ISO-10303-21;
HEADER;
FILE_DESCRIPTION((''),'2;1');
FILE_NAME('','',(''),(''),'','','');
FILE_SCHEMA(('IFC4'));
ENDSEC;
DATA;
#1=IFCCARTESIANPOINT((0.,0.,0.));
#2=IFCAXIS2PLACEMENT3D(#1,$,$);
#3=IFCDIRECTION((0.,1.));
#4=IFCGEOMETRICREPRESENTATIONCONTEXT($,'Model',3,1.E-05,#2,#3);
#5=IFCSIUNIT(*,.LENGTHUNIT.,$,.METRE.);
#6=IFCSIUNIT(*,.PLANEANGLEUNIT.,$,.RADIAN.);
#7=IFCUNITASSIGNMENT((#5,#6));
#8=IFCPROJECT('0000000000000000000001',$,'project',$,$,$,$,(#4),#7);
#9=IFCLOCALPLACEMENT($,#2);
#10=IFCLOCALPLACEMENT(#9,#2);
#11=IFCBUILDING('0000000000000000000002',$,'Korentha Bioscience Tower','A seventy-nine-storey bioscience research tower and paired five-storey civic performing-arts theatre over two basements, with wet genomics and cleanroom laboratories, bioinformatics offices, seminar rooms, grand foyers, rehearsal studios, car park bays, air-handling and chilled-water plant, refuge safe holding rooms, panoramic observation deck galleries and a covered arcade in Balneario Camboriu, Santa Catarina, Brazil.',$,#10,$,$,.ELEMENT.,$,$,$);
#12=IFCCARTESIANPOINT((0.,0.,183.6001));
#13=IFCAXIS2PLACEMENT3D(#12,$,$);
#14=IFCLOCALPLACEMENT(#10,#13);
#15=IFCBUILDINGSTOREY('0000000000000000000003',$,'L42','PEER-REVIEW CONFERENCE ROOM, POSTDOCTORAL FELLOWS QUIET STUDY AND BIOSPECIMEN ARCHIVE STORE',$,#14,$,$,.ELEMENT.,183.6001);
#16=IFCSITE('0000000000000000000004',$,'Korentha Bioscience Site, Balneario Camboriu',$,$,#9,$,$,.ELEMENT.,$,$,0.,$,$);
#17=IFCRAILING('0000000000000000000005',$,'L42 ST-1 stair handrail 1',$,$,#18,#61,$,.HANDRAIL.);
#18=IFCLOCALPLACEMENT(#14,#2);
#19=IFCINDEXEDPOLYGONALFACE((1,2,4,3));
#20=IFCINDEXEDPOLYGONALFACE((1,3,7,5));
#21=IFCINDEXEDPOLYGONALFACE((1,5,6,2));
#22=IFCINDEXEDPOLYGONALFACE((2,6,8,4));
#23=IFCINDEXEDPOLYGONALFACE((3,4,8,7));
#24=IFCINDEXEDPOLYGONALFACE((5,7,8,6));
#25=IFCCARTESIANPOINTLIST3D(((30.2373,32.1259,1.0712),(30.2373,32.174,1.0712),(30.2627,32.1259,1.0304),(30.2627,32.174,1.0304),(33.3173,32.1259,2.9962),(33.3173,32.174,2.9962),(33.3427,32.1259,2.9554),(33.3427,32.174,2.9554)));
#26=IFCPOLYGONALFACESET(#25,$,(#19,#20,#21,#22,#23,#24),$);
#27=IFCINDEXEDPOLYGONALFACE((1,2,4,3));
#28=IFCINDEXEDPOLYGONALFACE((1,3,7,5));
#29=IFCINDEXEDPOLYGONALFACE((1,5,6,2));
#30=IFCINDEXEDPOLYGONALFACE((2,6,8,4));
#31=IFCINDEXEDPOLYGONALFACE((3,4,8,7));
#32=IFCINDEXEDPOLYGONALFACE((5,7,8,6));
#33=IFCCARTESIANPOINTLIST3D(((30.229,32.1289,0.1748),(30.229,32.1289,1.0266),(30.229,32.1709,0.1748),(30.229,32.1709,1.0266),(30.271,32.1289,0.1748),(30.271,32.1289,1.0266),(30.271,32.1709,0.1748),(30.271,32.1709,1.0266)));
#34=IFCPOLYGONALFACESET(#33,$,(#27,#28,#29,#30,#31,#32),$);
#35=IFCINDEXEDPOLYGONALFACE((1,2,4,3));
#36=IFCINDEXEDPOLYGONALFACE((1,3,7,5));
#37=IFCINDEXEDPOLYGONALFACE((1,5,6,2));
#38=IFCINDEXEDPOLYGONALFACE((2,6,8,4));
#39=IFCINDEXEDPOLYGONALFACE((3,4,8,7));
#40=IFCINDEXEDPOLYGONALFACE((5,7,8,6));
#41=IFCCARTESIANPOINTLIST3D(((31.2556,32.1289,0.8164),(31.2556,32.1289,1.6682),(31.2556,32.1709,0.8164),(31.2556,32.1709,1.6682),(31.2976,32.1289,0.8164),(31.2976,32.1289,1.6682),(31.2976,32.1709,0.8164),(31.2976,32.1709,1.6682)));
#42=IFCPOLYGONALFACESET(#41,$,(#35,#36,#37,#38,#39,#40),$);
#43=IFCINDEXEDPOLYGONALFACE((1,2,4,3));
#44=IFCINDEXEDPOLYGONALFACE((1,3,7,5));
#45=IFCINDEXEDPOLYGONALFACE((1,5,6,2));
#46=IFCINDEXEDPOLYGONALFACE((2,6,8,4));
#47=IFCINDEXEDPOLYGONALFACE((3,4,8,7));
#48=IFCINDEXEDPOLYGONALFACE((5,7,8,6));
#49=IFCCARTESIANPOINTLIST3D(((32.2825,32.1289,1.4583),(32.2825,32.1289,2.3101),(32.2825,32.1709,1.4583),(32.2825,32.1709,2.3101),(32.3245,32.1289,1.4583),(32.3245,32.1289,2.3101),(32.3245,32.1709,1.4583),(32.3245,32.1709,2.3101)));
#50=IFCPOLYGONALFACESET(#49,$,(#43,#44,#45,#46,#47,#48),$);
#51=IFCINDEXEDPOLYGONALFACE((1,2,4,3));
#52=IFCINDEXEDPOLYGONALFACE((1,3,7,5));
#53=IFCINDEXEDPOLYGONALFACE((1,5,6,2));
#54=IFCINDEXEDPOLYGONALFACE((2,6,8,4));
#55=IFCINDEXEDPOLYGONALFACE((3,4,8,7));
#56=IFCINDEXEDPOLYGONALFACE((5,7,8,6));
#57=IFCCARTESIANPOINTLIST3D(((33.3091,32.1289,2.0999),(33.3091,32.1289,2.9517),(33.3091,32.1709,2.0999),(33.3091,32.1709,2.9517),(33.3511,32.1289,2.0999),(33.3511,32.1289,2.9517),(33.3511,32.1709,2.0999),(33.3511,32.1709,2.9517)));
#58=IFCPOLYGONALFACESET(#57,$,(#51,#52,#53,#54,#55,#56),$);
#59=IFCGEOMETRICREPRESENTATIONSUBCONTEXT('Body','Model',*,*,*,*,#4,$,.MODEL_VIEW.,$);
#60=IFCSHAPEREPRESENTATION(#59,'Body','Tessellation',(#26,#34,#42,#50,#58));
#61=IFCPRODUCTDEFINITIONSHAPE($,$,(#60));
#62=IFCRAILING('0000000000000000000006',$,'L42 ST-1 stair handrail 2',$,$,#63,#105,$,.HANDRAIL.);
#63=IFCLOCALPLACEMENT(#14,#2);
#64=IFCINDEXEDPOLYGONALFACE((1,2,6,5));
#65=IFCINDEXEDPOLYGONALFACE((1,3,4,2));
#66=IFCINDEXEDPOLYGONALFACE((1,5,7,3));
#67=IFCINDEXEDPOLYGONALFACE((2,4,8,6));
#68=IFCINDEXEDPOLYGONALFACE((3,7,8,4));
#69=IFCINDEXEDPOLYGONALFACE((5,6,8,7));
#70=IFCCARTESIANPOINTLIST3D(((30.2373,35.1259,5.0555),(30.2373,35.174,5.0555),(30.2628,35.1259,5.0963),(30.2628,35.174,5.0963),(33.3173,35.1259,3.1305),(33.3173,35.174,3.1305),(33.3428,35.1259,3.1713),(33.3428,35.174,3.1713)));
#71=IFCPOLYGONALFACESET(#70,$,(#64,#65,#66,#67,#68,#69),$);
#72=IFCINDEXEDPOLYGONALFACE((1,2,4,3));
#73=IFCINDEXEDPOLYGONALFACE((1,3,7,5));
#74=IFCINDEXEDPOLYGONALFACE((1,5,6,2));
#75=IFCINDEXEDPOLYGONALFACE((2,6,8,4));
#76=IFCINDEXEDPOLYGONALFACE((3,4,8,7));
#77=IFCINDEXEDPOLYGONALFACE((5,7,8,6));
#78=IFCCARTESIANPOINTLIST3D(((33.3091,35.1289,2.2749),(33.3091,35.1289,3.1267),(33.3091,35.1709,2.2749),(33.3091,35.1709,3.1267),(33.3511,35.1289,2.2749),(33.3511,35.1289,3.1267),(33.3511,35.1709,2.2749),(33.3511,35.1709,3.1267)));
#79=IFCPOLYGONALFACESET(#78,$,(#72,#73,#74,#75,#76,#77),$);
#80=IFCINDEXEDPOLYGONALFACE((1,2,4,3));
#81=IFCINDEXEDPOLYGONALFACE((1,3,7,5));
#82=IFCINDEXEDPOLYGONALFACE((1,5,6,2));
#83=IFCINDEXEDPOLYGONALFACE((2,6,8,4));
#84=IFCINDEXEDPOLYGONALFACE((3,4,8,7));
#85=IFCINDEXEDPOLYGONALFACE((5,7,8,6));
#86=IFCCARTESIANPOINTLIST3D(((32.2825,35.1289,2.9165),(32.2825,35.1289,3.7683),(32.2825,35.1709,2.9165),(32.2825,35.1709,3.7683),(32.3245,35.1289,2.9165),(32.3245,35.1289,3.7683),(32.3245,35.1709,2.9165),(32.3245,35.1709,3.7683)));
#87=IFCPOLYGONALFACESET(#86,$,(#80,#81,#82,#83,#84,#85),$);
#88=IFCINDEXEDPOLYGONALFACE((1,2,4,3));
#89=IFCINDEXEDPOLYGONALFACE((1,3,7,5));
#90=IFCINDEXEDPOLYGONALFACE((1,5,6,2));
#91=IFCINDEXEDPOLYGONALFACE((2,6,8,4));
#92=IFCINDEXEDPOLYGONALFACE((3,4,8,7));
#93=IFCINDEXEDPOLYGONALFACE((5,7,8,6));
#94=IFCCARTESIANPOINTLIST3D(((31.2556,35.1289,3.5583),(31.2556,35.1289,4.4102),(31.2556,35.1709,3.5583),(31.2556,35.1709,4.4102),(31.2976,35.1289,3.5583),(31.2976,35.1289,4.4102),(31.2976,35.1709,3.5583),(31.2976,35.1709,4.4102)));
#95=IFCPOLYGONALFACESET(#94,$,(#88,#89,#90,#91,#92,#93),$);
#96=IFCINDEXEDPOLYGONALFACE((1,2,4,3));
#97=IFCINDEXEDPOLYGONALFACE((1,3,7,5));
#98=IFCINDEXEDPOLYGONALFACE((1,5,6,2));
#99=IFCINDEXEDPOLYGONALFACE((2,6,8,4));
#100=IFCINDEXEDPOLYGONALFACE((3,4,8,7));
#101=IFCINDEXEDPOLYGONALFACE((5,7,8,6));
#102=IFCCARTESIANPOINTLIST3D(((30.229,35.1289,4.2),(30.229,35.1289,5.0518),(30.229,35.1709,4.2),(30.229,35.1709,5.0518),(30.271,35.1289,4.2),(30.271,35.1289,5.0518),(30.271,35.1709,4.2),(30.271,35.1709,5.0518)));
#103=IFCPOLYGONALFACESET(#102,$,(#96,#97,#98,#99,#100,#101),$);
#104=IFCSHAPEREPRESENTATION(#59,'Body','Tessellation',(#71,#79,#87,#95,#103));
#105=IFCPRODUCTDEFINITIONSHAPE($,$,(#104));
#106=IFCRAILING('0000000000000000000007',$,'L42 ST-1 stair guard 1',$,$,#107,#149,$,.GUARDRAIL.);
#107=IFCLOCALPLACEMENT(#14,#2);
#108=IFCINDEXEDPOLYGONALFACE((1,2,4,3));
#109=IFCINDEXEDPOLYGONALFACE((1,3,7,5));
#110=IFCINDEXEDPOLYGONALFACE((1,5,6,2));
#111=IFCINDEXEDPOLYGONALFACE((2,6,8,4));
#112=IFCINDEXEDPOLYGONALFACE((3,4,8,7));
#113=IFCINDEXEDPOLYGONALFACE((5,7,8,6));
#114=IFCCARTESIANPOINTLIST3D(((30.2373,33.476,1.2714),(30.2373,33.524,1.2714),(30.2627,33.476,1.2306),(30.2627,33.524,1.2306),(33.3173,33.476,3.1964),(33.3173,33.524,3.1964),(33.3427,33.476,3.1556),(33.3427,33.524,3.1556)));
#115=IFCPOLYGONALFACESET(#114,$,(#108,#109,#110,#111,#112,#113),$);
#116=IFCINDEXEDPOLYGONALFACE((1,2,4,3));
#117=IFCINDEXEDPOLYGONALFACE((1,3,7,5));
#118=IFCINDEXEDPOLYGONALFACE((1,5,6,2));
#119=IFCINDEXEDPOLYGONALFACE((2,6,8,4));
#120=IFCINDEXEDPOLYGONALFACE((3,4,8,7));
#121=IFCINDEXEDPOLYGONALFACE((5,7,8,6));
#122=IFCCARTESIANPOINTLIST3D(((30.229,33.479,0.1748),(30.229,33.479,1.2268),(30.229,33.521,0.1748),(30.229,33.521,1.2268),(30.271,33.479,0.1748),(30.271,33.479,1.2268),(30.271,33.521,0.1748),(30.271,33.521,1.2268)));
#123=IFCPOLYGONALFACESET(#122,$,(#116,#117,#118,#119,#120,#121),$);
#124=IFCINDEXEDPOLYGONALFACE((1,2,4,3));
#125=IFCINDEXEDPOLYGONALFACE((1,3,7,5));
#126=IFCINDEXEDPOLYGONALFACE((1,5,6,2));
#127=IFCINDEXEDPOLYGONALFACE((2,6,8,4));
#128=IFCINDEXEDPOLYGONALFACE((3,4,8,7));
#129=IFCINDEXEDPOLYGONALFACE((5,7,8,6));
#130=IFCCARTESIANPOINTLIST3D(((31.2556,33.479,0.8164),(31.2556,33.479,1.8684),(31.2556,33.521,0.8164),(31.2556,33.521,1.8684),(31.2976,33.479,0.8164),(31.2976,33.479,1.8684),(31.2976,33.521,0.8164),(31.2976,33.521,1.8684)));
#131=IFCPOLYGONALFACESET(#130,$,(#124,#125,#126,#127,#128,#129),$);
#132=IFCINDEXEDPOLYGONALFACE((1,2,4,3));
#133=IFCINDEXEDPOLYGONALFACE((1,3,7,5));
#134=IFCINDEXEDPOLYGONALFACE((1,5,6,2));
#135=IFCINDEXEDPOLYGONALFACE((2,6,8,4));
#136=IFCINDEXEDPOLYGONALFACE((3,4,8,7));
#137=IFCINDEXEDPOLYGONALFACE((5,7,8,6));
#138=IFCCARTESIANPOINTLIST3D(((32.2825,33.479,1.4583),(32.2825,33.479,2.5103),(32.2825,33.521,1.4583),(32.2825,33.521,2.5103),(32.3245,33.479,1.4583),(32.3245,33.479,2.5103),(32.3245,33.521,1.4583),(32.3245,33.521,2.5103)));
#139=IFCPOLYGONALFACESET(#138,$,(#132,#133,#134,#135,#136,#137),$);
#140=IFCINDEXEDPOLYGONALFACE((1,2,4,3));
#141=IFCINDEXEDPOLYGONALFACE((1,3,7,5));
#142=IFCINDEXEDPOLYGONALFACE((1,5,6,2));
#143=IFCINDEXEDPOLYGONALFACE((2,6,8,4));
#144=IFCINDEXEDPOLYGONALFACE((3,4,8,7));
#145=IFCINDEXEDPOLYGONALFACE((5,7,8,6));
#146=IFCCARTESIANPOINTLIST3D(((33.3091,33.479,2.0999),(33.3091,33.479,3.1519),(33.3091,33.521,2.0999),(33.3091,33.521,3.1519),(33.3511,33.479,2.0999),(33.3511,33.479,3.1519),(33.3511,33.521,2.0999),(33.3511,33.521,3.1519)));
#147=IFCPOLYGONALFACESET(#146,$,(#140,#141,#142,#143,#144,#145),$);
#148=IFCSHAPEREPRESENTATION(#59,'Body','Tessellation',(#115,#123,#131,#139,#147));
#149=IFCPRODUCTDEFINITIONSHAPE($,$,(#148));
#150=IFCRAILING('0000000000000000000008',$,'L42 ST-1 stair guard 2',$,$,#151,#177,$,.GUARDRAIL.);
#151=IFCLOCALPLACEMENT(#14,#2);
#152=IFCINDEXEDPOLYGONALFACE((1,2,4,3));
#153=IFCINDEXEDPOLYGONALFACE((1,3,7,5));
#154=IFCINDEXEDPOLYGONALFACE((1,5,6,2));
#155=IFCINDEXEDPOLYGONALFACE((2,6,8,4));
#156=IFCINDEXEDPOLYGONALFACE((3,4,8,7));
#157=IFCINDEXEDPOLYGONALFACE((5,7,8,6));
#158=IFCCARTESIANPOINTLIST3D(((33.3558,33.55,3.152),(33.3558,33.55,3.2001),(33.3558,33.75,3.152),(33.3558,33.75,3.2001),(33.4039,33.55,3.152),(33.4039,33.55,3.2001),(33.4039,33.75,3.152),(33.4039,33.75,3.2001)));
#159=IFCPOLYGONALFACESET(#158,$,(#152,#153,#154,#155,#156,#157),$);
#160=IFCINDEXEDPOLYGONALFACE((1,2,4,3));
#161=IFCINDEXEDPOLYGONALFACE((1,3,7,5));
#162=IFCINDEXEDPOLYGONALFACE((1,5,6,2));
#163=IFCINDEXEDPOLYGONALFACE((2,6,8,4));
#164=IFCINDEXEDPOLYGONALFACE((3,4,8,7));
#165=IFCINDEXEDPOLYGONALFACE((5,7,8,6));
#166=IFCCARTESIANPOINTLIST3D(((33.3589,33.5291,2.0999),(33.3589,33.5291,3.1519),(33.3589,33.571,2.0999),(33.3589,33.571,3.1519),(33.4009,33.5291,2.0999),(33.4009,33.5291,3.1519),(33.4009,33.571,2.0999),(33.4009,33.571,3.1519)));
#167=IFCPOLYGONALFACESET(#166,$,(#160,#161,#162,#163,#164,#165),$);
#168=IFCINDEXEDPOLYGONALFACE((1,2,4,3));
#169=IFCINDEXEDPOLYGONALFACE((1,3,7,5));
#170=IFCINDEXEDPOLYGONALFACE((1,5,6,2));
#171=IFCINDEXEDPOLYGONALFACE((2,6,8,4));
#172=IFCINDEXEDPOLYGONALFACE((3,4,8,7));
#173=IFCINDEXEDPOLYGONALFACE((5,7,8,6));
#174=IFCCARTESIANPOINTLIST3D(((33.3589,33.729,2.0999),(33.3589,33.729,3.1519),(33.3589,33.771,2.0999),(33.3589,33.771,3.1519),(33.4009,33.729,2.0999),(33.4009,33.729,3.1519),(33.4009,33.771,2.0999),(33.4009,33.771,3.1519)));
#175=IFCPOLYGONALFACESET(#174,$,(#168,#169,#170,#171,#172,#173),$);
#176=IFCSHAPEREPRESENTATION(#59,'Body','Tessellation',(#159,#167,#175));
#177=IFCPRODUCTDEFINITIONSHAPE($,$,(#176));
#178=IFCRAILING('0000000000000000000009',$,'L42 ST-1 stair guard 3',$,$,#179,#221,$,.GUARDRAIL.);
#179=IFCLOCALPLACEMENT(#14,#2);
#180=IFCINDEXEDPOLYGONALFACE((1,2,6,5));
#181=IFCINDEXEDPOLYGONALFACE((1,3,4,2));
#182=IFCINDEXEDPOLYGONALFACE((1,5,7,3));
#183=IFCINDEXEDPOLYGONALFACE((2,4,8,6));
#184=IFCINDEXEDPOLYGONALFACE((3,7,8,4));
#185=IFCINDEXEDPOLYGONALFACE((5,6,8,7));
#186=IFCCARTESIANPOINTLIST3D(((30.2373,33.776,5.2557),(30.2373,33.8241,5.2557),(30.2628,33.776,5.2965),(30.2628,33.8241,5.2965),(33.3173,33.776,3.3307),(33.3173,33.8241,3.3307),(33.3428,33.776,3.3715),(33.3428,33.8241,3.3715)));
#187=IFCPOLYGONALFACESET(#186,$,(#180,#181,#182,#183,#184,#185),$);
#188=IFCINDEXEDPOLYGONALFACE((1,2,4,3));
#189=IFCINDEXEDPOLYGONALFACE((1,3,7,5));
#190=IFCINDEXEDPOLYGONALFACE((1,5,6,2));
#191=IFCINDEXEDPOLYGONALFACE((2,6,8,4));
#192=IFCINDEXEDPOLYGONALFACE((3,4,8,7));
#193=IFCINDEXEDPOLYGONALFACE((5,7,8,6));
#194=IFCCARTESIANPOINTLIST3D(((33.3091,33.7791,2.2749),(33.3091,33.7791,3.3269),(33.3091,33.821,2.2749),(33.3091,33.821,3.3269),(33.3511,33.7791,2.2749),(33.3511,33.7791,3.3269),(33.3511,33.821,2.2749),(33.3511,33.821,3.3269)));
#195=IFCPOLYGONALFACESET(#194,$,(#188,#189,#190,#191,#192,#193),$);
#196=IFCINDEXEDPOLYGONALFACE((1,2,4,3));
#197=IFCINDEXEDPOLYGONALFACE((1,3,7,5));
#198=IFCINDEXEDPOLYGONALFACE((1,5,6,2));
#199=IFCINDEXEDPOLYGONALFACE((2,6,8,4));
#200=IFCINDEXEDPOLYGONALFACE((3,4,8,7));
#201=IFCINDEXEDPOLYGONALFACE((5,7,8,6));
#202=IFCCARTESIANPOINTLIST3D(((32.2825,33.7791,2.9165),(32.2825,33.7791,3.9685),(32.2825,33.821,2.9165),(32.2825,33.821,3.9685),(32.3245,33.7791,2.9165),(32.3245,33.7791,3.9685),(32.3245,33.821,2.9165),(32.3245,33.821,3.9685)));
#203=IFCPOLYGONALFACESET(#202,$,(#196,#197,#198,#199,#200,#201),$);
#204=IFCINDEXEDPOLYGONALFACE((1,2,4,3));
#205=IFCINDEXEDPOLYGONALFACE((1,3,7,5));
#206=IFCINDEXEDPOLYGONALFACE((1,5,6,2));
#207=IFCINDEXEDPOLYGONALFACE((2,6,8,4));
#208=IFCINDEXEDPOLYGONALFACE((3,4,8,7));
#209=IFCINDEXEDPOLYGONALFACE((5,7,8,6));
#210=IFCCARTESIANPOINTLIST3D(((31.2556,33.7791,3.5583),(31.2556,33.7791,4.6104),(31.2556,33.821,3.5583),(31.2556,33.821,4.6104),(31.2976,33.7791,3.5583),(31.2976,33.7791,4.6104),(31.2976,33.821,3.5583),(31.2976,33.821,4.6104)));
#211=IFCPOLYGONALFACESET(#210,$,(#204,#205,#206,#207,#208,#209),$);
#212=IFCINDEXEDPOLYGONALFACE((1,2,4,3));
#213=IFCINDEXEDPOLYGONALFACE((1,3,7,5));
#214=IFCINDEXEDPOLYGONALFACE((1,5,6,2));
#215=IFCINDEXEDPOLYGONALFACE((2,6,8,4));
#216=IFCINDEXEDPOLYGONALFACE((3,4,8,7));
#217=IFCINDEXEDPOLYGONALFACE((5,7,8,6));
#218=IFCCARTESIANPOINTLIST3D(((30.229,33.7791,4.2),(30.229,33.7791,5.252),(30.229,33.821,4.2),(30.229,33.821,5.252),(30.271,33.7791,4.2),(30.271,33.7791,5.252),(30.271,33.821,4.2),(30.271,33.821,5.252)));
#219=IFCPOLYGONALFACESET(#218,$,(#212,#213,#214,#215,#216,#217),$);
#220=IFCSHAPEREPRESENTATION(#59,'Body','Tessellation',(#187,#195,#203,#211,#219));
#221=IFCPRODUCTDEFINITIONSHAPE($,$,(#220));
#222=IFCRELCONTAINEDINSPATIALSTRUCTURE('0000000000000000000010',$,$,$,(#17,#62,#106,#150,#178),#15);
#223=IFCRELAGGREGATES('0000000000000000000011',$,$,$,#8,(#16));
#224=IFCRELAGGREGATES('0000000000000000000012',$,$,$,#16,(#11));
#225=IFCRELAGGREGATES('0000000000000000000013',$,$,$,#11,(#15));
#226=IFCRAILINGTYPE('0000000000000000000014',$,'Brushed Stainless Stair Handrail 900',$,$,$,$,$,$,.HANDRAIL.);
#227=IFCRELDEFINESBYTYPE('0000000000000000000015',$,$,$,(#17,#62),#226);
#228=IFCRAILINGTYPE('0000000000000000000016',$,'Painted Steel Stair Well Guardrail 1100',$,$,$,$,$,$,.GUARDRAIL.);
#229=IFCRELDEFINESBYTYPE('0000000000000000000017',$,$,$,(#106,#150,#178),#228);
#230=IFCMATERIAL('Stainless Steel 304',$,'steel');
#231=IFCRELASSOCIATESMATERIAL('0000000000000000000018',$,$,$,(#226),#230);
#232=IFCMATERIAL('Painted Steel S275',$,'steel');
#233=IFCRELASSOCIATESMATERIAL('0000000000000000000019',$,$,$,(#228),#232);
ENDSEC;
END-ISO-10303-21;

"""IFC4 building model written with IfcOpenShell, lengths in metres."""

from ifc_helpers import new_model, si_unit, direction, frame, origin, origin_2d, place, context, subcontext, project, spatial, rectangle, extrude, material, type_object, element, save


model = new_model("IFC4")

# Units and contexts
model_context = context("Model", 3, precision=1e-05, world=origin(), true_north=direction((0.0, 1.0)))
body_context = subcontext(model_context, "Body", "Model", "MODEL_VIEW")
ifc_project = project(units=[si_unit("LENGTHUNIT", "METRE"), si_unit("PLANEANGLEUNIT", "RADIAN")], contexts=[model_context])

# Site, building, storey
site_placement = place(None, origin())
site = spatial("IfcSite", under=ifc_project, at=site_placement, Name="Korentha Bioscience Site, Balneario Camboriu", CompositionType="ELEMENT", RefElevation=0.0)
building_placement = place(site_placement, origin())
building = spatial("IfcBuilding", under=site, at=building_placement, Name="Korentha Bioscience Tower", Description="A seventy-nine-storey bioscience research tower and paired five-storey civic performing-arts theatre over two basements, with wet genomics and cleanroom laboratories, bioinformatics offices, seminar rooms, grand foyers, rehearsal studios, car park bays, air-handling and chilled-water plant, refuge safe holding rooms, panoramic observation deck galleries and a covered arcade in Balneario Camboriu, Santa Catarina, Brazil.", CompositionType="ELEMENT")
storey_placement = place(building_placement, frame((0.0, 0.0, 183.6001)))
storey = spatial("IfcBuildingStorey", under=building, at=storey_placement, Name="L42", Description="PEER-REVIEW CONFERENCE ROOM, POSTDOCTORAL FELLOWS QUIET STUDY AND BIOSPECIMEN ARCHIVE STORE", CompositionType="ELEMENT", Elevation=183.6001)

# Railings
ifc_material_1 = material(Name="Stainless Steel 304", Category="steel")
railing_type_1 = type_object("IfcRailingType", Name="Brushed Stainless Stair Handrail 900", PredefinedType="HANDRAIL", material=ifc_material_1)
railing_1_placement = place(storey_placement, frame((30.25, 32.1499, 0.1748)))
element("IfcRailing", 1, at=railing_1_placement, inside=storey, type_object=railing_type_1, Name="L42 ST-1 stair handrail 1", PredefinedType="HANDRAIL", context=body_context, shape_type="SweptSolid", body=[
    extrude(rectangle(XDim=0.0481, YDim=0.0481, at=origin_2d()), frame((0.0, 0.0, 0.876), z_axis=(0.847998, 0.0, 0.529999), x_axis=(0.0, 1.0, 0.0)), (0.0, 0.0, 1.0), 3.6321),
    extrude(rectangle(XDim=0.042, YDim=0.042, at=origin_2d()), origin(), (0.0, 0.0, 1.0), 0.8518),
    extrude(rectangle(XDim=0.042, YDim=0.042, at=origin_2d()), frame((1.0266, 0.0, 0.6416)), (0.0, 0.0, 1.0), 0.8518),
    extrude(rectangle(XDim=0.042, YDim=0.042, at=origin_2d()), frame((2.0535, 0.0, 1.2834)), (0.0, 0.0, 1.0), 0.8518),
    extrude(rectangle(XDim=0.042, YDim=0.042, at=origin_2d()), frame((3.0801, 0.0, 1.925)), (0.0, 0.0, 1.0), 0.8518),
])
railing_2_placement = place(storey_placement, frame((33.3301, 35.1499, 2.2749)))
element("IfcRailing", 2, at=railing_2_placement, inside=storey, type_object=railing_type_1, Name="L42 ST-1 stair handrail 2", PredefinedType="HANDRAIL", context=body_context, shape_type="SweptSolid", body=[
    extrude(rectangle(XDim=0.0481, YDim=0.0481, at=origin_2d()), frame((0.0, 0.0, 0.876), z_axis=(-0.847998, 0.0, 0.529999), x_axis=(0.0, -1.0, 0.0)), (0.0, 0.0, 1.0), 3.6321),
    extrude(rectangle(XDim=0.042, YDim=0.042, at=origin_2d()), origin(), (0.0, 0.0, 1.0), 0.8518),
    extrude(rectangle(XDim=0.042, YDim=0.042, at=origin_2d()), frame((-1.0266, 0.0, 0.6416)), (0.0, 0.0, 1.0), 0.8518),
    extrude(rectangle(XDim=0.042, YDim=0.042, at=origin_2d()), frame((-2.0535, 0.0, 1.2834)), (0.0, 0.0, 1.0), 0.8518),
    extrude(rectangle(XDim=0.042, YDim=0.042, at=origin_2d()), frame((-3.0801, 0.0, 1.925)), (0.0, 0.0, 1.0), 0.8518),
])
ifc_material_2 = material(Name="Painted Steel S275", Category="steel")
railing_type_2 = type_object("IfcRailingType", Name="Painted Steel Stair Well Guardrail 1100", PredefinedType="GUARDRAIL", material=ifc_material_2)
railing_3_placement = place(storey_placement, frame((30.25, 33.5, 0.1748)))
element("IfcRailing", 3, at=railing_3_placement, inside=storey, type_object=railing_type_2, Name="L42 ST-1 stair guard 1", PredefinedType="GUARDRAIL", context=body_context, shape_type="SweptSolid", body=[
    extrude(rectangle(XDim=0.0481, YDim=0.0481, at=origin_2d()), frame((0.0, 0.0, 1.0762), z_axis=(0.847998, 0.0, 0.529999), x_axis=(0.0, 1.0, 0.0)), (0.0, 0.0, 1.0), 3.6321),
    extrude(rectangle(XDim=0.042, YDim=0.042, at=origin_2d()), origin(), (0.0, 0.0, 1.0), 1.052),
    extrude(rectangle(XDim=0.042, YDim=0.042, at=origin_2d()), frame((1.0266, 0.0, 0.6416)), (0.0, 0.0, 1.0), 1.052),
    extrude(rectangle(XDim=0.042, YDim=0.042, at=origin_2d()), frame((2.0535, 0.0, 1.2834)), (0.0, 0.0, 1.0), 1.052),
    extrude(rectangle(XDim=0.042, YDim=0.042, at=origin_2d()), frame((3.0801, 0.0, 1.925)), (0.0, 0.0, 1.0), 1.052),
])
railing_4_placement = place(storey_placement, frame((33.3799, 33.55, 2.0999)))
element("IfcRailing", 4, at=railing_4_placement, inside=storey, type_object=railing_type_2, Name="L42 ST-1 stair guard 2", PredefinedType="GUARDRAIL", context=body_context, shape_type="SweptSolid", body=[
    extrude(rectangle(XDim=0.0481, YDim=0.0481, at=origin_2d()), frame((0.0, 0.0, 1.0762), z_axis=(0.0, 1.0, 0.0), x_axis=(-1.0, 0.0, 0.0)), (0.0, 0.0, 1.0), 0.2),
    extrude(rectangle(XDim=0.042, YDim=0.042, at=origin_2d()), origin(), (0.0, 0.0, 1.0), 1.052),
    extrude(rectangle(XDim=0.042, YDim=0.042, at=origin_2d()), frame((0.0, 0.2, 0.0)), (0.0, 0.0, 1.0), 1.052),
])
railing_5_placement = place(storey_placement, frame((33.3301, 33.8, 2.2749)))
element("IfcRailing", 5, at=railing_5_placement, inside=storey, type_object=railing_type_2, Name="L42 ST-1 stair guard 3", PredefinedType="GUARDRAIL", context=body_context, shape_type="SweptSolid", body=[
    extrude(rectangle(XDim=0.0481, YDim=0.0481, at=origin_2d()), frame((0.0, 0.0, 1.0762), z_axis=(-0.847998, 0.0, 0.529999), x_axis=(0.0, -1.0, 0.0)), (0.0, 0.0, 1.0), 3.6321),
    extrude(rectangle(XDim=0.042, YDim=0.042, at=origin_2d()), origin(), (0.0, 0.0, 1.0), 1.052),
    extrude(rectangle(XDim=0.042, YDim=0.042, at=origin_2d()), frame((-1.0266, 0.0, 0.6416)), (0.0, 0.0, 1.0), 1.052),
    extrude(rectangle(XDim=0.042, YDim=0.042, at=origin_2d()), frame((-2.0535, 0.0, 1.2834)), (0.0, 0.0, 1.0), 1.052),
    extrude(rectangle(XDim=0.042, YDim=0.042, at=origin_2d()), frame((-3.0801, 0.0, 1.925)), (0.0, 0.0, 1.0), 1.052),
])

save(model, "model.ifc")
